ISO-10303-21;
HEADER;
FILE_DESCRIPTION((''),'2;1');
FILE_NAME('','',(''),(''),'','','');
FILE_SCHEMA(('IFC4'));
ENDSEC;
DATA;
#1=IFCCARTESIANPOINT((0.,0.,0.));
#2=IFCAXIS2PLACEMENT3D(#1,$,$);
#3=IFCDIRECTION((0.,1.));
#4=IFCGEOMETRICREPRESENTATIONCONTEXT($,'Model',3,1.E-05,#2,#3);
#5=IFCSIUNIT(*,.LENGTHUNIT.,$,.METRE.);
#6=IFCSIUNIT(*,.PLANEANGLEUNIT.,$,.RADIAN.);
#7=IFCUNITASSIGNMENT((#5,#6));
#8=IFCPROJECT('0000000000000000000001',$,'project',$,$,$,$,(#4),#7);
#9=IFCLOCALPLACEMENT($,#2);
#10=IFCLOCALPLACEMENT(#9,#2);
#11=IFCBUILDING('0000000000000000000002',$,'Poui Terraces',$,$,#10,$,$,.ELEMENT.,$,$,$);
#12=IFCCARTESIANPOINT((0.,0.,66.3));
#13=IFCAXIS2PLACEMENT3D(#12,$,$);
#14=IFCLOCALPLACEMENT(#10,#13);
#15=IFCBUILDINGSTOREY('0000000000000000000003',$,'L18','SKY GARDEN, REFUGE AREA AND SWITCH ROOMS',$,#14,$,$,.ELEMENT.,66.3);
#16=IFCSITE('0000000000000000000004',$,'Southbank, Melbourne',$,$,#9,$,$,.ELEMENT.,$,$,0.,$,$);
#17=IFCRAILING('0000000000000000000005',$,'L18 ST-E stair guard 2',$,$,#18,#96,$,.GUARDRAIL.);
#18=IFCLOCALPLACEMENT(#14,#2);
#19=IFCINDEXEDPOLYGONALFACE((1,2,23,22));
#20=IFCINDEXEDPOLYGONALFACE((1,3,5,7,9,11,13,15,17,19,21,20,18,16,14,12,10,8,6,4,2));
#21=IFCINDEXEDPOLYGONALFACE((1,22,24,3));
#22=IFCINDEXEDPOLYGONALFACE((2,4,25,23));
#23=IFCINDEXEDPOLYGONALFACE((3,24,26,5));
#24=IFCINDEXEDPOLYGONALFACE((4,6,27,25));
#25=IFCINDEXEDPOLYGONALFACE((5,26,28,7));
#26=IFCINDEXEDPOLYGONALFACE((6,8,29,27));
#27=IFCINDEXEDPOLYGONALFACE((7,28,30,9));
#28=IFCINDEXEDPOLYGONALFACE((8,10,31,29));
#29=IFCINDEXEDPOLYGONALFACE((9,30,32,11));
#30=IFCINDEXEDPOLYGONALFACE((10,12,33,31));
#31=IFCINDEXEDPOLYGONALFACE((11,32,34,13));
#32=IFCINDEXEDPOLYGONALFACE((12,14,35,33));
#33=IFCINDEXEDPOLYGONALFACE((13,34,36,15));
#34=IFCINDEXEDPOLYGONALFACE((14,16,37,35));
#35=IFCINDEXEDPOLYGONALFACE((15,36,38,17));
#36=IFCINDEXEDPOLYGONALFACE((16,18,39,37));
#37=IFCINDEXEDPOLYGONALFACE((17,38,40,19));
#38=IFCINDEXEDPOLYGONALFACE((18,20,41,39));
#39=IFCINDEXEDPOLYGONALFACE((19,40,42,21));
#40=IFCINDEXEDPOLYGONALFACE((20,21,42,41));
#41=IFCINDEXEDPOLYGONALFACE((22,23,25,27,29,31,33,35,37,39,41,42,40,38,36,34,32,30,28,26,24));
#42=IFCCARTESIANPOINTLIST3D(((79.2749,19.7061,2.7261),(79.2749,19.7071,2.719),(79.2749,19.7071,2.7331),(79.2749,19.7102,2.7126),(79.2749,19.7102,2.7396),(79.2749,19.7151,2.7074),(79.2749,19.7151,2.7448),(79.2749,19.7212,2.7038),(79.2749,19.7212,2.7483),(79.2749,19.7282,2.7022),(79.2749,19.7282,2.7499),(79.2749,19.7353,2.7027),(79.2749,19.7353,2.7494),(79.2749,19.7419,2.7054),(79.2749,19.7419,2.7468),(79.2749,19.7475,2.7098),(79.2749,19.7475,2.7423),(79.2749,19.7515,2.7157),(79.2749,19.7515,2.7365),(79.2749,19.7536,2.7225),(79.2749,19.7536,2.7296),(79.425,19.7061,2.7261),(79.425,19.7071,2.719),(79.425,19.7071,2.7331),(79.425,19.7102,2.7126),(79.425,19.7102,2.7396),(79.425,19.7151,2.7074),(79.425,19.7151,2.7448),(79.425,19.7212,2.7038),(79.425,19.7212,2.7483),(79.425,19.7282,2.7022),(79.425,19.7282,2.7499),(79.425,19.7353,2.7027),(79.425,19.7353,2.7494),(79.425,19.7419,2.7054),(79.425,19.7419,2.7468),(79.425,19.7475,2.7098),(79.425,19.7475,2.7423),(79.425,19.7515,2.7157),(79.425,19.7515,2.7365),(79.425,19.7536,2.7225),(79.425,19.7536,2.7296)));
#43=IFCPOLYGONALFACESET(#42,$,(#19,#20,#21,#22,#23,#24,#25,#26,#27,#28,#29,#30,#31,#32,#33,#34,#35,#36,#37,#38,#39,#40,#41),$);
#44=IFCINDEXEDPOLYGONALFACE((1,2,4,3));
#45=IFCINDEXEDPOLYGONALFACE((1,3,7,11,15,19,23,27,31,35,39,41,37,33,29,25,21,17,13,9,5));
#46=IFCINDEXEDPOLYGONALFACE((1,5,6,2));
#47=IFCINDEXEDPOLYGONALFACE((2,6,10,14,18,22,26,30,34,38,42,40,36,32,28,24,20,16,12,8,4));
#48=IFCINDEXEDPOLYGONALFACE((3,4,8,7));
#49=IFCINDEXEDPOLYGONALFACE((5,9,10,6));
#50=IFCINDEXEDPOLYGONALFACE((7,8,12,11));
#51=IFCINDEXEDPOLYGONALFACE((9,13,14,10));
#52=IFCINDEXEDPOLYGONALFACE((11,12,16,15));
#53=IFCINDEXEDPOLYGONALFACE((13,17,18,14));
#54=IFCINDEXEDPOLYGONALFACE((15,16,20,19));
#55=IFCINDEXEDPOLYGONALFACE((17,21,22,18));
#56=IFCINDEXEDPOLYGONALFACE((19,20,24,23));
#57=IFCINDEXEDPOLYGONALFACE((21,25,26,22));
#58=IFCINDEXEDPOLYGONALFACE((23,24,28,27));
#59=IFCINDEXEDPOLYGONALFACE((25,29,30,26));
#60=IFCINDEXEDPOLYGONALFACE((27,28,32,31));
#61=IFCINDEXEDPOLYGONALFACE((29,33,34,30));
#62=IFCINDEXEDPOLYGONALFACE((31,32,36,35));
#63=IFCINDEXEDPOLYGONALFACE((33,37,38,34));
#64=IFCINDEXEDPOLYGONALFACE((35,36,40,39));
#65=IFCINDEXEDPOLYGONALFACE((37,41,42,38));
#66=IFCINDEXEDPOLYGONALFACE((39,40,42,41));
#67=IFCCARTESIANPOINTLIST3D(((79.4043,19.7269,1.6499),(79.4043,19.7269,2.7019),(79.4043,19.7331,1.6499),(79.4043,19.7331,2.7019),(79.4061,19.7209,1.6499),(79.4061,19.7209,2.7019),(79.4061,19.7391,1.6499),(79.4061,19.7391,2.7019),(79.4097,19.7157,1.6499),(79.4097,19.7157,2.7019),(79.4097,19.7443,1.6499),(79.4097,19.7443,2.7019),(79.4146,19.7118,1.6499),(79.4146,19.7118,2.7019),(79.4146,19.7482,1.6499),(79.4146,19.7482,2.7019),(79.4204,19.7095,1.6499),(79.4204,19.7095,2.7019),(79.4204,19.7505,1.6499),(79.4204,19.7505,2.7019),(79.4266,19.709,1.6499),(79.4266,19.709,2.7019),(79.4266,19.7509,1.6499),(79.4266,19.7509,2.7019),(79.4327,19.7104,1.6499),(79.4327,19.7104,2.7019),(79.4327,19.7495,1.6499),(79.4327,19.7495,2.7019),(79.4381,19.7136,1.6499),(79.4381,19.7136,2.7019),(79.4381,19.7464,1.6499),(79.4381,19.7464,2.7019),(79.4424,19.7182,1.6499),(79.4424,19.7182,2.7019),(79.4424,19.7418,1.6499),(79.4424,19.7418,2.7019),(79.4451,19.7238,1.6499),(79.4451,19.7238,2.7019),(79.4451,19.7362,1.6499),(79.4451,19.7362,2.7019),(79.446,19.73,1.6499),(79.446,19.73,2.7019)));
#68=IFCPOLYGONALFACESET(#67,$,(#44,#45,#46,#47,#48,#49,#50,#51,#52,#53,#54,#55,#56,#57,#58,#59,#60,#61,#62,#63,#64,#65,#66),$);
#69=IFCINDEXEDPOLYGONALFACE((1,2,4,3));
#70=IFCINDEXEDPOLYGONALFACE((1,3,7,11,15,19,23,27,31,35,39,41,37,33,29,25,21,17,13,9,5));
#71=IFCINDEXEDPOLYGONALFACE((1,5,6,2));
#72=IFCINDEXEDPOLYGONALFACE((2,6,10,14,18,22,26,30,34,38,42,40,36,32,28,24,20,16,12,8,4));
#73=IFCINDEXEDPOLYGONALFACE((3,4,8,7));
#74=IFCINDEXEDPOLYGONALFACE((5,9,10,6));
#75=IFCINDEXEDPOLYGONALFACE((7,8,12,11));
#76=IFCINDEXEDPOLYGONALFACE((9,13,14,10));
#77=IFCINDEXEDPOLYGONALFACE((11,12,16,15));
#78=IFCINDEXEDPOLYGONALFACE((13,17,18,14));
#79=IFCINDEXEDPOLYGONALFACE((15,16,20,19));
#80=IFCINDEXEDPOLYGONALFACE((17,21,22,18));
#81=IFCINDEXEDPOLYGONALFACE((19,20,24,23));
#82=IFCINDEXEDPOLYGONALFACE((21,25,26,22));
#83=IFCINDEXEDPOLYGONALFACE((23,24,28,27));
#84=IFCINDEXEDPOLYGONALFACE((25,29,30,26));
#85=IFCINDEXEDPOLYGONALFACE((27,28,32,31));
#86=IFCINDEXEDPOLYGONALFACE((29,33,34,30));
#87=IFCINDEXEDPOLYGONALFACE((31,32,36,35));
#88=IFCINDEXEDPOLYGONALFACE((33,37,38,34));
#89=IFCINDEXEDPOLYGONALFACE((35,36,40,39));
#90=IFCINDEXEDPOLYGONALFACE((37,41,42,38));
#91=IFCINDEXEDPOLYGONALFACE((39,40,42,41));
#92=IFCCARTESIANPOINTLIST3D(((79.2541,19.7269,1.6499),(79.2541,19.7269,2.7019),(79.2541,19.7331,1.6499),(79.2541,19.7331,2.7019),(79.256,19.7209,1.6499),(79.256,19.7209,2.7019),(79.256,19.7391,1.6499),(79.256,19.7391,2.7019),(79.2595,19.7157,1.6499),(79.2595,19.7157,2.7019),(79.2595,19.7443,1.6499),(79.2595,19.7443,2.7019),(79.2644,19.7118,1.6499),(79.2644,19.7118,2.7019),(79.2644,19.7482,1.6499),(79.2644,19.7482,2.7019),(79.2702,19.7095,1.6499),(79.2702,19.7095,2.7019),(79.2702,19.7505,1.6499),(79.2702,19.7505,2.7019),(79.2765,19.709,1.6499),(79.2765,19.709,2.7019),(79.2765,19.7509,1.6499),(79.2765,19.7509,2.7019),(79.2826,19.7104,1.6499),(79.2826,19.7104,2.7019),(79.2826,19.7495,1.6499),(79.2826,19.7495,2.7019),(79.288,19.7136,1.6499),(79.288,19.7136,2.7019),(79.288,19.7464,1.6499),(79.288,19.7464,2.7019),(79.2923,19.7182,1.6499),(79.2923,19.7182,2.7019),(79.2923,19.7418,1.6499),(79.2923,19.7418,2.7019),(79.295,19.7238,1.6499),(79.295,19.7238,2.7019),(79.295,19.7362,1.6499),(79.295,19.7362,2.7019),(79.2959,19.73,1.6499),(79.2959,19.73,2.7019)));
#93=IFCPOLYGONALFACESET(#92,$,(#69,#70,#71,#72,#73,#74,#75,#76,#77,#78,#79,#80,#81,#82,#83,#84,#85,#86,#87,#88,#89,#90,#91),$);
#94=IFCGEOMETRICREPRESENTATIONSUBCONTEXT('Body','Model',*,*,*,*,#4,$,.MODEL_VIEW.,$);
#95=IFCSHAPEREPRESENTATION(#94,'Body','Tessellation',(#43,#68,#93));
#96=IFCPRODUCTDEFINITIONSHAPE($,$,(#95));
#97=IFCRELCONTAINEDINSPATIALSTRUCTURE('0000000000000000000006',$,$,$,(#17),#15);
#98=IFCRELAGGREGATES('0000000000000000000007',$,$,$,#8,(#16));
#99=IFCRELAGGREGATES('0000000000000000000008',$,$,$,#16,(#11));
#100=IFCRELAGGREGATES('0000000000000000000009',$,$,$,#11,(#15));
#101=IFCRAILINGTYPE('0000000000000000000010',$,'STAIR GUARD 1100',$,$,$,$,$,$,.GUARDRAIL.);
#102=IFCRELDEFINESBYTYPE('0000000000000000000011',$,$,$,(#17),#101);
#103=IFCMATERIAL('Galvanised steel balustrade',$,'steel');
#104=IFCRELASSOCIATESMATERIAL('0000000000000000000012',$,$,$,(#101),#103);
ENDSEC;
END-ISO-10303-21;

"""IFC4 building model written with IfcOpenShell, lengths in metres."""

from ifc_helpers import new_model, si_unit, direction, frame, origin, origin_2d, place, context, subcontext, project, spatial, circle, extrude, material, type_object, element, save


model = new_model("IFC4")

# Units and contexts
model_context = context("Model", 3, precision=1e-05, world=origin(), true_north=direction((0.0, 1.0)))
body_context = subcontext(model_context, "Body", "Model", "MODEL_VIEW")
ifc_project = project(units=[si_unit("LENGTHUNIT", "METRE"), si_unit("PLANEANGLEUNIT", "RADIAN")], contexts=[model_context])

# Site, building, storey
site_placement = place(None, origin())
site = spatial("IfcSite", under=ifc_project, at=site_placement, Name="Southbank, Melbourne", CompositionType="ELEMENT", RefElevation=0.0)
building_placement = place(site_placement, origin())
building = spatial("IfcBuilding", under=site, at=building_placement, Name="Poui Terraces", CompositionType="ELEMENT")
storey_placement = place(building_placement, frame((0.0, 0.0, 66.3)))
storey = spatial("IfcBuildingStorey", under=building, at=storey_placement, Name="L18", Description="SKY GARDEN, REFUGE AREA AND SWITCH ROOMS", CompositionType="ELEMENT", Elevation=66.3)

# Railing
ifc_material_1 = material(Name="Galvanised steel balustrade", Category="steel")
railing_type_1 = type_object("IfcRailingType", Name="STAIR GUARD 1100", PredefinedType="GUARDRAIL", material=ifc_material_1)
railing_1_placement = place(storey_placement, frame((79.425, 19.73, 1.6499)))
element("IfcRailing", 1, at=railing_1_placement, inside=storey, type_object=railing_type_1, Name="L18 ST-E stair guard 2", PredefinedType="GUARDRAIL", context=body_context, shape_type="SweptSolid", body=[
    extrude(circle(Radius=0.0239, at=origin_2d()), frame((0.0, 0.0, 1.0762), z_axis=(-1.0, 0.0, 0.0), x_axis=(0.0, -1.0, 0.0)), (0.0, 0.0, 1.0), 0.1501),
    extrude(circle(Radius=0.021, at=origin_2d()), origin(), (0.0, 0.0, 1.0), 1.052),
    extrude(circle(Radius=0.021, at=origin_2d()), frame((-0.1501, 0.0, 0.0)), (0.0, 0.0, 1.0), 1.052),
])

save(model, "model.ifc")
